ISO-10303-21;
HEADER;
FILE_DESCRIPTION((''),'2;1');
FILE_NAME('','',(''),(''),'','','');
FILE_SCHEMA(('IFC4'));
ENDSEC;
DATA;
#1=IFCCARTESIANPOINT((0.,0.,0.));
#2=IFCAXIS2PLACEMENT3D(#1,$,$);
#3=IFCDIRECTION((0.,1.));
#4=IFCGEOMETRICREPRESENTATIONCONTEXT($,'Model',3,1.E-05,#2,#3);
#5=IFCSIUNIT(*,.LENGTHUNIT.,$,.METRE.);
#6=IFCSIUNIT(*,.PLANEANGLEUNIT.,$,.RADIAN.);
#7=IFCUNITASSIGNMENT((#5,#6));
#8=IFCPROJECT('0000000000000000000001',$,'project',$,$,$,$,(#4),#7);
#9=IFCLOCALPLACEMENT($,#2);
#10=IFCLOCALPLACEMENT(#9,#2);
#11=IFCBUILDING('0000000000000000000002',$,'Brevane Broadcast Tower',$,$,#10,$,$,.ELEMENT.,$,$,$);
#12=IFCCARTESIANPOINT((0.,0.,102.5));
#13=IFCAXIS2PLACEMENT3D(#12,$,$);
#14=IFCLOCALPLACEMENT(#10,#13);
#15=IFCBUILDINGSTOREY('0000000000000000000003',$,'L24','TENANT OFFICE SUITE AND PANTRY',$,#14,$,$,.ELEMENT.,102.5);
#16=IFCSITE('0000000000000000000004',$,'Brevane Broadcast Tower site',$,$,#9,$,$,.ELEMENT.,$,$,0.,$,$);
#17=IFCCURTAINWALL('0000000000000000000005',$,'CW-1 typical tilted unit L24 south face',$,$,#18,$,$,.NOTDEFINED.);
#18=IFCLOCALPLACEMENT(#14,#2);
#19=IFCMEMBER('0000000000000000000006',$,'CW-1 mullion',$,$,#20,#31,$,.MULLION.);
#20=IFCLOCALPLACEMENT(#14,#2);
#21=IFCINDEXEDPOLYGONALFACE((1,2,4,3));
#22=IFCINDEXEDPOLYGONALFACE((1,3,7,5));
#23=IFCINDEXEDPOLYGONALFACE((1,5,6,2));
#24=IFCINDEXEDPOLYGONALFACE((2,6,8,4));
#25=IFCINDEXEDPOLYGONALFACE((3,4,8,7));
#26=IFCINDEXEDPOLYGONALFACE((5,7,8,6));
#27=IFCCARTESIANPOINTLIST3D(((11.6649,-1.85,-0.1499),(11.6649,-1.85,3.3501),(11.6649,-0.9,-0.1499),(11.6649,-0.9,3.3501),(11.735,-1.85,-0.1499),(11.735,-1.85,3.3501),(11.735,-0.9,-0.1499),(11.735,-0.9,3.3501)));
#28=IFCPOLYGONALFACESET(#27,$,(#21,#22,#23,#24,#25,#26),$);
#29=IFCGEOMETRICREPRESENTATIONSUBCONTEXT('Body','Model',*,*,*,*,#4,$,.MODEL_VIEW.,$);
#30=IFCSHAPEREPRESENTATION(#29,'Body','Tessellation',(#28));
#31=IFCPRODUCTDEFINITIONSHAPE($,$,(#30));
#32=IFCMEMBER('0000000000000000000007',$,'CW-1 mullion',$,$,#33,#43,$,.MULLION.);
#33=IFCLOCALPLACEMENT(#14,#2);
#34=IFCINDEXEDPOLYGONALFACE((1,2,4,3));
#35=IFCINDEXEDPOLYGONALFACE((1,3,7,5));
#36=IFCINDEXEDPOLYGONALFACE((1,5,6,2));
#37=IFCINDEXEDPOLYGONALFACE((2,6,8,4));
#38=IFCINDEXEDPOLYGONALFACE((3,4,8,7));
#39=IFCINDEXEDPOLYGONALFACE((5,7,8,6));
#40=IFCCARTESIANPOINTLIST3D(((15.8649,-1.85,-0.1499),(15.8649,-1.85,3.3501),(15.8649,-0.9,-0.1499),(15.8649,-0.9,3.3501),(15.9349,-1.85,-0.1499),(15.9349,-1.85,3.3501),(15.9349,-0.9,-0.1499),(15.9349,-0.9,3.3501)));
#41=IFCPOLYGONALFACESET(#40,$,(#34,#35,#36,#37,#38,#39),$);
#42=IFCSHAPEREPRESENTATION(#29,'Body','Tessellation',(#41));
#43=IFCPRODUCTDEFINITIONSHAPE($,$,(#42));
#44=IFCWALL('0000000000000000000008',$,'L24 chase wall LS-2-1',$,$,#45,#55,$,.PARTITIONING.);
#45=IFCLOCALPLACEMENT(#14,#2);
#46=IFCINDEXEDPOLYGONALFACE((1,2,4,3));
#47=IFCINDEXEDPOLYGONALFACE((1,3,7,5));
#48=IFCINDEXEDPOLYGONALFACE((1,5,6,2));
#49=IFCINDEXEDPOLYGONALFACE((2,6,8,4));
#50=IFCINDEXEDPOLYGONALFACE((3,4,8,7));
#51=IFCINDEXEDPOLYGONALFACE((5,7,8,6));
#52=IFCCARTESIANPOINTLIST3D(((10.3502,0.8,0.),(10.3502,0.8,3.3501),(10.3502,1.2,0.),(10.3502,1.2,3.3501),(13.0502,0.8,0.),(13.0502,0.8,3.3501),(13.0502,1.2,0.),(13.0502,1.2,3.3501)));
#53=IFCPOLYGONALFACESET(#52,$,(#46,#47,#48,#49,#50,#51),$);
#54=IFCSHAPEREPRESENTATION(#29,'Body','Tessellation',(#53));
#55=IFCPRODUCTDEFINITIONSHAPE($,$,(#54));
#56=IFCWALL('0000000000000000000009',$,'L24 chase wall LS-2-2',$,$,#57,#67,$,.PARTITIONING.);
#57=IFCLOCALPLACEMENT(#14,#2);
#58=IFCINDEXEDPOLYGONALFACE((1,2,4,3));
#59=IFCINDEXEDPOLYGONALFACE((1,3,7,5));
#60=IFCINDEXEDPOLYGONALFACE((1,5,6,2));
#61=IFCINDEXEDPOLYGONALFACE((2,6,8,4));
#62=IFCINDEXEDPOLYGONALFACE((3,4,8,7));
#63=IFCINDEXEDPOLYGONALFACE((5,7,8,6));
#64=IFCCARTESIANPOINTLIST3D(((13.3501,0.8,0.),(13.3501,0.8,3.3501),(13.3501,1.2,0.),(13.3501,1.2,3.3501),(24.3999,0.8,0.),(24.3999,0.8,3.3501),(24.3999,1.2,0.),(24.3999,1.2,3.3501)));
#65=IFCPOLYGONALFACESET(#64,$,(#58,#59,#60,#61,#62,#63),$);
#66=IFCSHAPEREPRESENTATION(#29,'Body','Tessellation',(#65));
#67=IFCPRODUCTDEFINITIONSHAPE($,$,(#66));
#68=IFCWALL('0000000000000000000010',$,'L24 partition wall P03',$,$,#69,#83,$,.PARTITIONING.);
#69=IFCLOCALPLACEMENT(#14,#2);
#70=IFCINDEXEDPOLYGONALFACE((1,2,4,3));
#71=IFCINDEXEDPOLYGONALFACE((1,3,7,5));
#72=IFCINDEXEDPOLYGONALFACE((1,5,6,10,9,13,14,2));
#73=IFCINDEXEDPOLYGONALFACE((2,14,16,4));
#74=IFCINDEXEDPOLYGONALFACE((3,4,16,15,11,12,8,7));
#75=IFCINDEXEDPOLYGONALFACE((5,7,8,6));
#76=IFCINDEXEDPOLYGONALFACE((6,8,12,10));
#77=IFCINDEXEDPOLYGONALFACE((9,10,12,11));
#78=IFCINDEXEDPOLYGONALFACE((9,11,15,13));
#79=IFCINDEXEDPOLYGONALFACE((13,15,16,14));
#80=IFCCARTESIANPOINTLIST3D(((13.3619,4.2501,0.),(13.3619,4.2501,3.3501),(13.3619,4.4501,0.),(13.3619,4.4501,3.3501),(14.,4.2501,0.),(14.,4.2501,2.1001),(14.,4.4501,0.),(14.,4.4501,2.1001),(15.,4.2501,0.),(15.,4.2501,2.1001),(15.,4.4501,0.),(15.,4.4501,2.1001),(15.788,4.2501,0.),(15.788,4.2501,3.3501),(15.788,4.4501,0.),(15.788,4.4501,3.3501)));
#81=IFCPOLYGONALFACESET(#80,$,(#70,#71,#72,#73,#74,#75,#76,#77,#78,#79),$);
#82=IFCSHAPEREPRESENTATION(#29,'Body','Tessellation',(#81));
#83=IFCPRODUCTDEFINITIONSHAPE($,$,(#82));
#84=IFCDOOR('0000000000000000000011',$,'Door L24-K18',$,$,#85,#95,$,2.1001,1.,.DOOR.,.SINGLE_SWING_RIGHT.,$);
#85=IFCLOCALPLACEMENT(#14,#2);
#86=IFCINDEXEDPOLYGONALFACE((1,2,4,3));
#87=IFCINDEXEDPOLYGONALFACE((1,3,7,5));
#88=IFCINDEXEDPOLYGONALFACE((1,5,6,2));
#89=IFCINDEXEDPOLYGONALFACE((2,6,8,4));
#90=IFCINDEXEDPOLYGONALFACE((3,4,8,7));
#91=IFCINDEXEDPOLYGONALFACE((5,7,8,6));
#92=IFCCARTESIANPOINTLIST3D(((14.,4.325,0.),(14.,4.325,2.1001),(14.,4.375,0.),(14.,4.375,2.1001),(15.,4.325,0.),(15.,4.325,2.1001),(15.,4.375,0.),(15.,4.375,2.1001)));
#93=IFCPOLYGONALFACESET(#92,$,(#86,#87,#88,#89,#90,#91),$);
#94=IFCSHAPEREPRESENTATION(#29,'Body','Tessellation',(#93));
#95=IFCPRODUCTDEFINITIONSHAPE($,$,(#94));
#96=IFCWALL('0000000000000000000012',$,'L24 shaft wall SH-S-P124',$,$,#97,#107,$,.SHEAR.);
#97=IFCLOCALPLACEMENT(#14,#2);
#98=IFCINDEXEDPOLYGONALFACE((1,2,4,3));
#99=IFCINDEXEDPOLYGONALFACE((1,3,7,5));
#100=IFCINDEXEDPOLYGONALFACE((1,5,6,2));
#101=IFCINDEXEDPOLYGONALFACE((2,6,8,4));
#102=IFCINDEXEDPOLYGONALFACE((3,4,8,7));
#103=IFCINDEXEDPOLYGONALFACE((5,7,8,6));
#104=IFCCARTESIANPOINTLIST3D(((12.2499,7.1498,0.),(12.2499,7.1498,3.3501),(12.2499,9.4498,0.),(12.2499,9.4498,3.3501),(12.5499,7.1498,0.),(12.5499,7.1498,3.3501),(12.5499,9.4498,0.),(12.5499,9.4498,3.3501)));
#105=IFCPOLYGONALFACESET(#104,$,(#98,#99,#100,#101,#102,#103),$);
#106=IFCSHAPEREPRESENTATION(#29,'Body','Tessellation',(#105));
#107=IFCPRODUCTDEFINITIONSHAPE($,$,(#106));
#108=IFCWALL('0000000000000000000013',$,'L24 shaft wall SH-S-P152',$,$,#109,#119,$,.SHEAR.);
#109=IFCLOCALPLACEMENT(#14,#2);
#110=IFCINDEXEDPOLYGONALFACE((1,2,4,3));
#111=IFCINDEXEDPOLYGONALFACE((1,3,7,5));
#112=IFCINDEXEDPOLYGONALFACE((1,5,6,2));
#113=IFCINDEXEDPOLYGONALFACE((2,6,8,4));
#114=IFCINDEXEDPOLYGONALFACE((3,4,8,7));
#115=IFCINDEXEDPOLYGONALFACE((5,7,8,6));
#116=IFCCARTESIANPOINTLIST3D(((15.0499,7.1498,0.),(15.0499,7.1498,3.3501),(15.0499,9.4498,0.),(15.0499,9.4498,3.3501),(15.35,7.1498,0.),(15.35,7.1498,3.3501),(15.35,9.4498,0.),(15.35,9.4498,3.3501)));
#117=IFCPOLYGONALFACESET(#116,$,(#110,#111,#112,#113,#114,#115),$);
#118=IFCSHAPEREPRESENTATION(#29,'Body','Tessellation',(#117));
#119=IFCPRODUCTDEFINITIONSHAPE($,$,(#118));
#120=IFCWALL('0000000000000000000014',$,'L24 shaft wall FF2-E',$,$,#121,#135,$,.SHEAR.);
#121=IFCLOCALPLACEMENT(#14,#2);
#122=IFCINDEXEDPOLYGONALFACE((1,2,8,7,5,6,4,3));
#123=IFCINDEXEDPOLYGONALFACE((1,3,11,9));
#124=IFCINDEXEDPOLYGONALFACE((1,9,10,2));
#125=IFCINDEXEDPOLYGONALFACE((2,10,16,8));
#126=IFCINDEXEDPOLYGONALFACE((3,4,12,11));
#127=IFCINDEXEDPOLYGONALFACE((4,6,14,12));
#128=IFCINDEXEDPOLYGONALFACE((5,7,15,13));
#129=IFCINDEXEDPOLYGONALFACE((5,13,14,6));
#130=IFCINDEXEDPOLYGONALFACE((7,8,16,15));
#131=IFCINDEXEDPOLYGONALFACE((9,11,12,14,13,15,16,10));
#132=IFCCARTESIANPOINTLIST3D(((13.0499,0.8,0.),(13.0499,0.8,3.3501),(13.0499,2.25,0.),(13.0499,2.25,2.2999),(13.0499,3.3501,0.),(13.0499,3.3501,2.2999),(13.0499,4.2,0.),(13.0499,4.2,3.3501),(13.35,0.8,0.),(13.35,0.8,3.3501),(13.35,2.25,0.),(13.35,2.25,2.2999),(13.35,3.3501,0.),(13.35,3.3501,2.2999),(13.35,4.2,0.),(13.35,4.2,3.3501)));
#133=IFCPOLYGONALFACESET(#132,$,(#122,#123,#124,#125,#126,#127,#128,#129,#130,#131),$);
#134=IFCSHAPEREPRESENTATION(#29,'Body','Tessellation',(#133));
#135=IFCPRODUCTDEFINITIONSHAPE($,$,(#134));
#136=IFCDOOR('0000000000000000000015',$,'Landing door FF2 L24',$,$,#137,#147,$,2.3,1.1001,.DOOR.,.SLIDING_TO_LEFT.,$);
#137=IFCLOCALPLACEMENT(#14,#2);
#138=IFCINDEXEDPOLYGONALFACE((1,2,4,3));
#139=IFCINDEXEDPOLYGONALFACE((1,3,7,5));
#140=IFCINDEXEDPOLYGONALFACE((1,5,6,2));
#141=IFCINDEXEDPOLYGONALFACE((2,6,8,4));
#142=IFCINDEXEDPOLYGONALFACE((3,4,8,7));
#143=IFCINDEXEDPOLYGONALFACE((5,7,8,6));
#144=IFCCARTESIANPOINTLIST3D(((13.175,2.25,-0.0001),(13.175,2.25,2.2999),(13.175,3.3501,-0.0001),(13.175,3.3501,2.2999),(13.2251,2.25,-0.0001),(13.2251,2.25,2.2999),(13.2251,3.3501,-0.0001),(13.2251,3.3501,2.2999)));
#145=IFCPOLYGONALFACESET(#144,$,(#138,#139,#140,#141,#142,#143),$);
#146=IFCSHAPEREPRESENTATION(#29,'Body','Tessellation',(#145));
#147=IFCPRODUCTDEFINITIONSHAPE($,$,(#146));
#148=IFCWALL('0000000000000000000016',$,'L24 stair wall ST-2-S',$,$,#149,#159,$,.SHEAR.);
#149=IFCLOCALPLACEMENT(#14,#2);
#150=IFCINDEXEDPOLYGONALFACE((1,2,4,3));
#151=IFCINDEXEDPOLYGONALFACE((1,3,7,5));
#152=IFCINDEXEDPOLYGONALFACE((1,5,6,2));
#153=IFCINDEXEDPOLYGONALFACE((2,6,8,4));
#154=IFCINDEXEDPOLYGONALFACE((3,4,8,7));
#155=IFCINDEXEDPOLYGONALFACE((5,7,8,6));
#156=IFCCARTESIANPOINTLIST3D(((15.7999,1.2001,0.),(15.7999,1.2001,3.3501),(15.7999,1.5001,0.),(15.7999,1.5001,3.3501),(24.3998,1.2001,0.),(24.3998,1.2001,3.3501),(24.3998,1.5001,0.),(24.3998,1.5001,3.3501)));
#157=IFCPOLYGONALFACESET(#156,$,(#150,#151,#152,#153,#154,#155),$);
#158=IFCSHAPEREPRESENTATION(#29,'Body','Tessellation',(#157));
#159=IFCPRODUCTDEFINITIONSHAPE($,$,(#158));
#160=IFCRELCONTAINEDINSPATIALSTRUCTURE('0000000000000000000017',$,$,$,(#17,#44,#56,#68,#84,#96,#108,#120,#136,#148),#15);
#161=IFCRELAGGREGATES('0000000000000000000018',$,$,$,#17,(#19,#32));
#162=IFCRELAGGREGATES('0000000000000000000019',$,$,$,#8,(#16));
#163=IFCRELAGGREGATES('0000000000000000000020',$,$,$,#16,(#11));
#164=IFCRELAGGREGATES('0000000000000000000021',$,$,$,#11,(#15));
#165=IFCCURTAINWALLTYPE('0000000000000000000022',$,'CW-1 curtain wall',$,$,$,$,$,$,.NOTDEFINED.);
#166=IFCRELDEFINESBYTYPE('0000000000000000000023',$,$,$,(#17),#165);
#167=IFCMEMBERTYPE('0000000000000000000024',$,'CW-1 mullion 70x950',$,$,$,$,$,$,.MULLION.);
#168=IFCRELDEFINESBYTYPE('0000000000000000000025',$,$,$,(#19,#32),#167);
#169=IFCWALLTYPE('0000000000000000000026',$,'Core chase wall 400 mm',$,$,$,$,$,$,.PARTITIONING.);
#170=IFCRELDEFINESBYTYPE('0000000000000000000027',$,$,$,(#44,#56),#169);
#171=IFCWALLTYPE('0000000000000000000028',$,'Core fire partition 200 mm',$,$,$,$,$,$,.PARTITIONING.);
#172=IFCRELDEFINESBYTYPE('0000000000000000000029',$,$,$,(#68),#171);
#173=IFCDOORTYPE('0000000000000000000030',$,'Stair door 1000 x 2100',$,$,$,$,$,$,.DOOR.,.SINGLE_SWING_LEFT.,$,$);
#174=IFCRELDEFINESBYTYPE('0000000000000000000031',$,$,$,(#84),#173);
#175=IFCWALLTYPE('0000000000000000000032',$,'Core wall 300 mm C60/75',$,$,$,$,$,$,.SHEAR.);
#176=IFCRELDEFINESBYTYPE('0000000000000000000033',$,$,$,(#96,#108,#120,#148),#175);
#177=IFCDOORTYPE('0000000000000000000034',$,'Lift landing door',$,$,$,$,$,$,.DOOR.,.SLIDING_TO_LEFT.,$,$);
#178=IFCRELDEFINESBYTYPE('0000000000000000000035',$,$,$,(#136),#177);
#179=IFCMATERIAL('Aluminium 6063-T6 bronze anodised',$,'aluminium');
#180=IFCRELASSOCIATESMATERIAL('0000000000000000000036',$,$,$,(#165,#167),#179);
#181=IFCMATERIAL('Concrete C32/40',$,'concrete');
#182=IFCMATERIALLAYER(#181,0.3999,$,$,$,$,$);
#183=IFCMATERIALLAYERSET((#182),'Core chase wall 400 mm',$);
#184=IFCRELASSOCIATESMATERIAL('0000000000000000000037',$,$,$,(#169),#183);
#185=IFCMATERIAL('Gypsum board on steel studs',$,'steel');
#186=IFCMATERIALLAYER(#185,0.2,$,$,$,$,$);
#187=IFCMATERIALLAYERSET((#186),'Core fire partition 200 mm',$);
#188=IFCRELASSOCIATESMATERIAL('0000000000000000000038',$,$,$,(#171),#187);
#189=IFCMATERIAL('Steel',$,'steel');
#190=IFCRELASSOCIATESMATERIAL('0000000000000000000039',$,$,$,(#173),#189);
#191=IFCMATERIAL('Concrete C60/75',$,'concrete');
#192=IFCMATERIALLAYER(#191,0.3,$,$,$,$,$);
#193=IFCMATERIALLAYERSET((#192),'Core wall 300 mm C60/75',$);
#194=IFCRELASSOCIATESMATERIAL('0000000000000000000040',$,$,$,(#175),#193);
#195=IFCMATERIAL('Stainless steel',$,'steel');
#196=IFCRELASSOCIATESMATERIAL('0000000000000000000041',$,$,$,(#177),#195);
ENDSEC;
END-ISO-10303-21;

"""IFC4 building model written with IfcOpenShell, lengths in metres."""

from ifc_helpers import new_model, si_unit, direction, frame, frame_2d, origin, origin_2d, place, context, subcontext, project, spatial, rectangle, extrude, material, layer, layer_set, material_profile, profile_set, type_object, element, fill, aggregate, save


model = new_model("IFC4")

# Units and contexts
model_context = context("Model", 3, precision=1e-05, world=origin(), true_north=direction((0.0, 1.0)))
body_context = subcontext(model_context, "Body", "Model", "MODEL_VIEW")
ifc_project = project(units=[si_unit("LENGTHUNIT", "METRE"), si_unit("PLANEANGLEUNIT", "RADIAN")], contexts=[model_context])

# Site, building, storey
site_placement = place(None, origin())
site = spatial("IfcSite", under=ifc_project, at=site_placement, Name="Brevane Broadcast Tower site", CompositionType="ELEMENT", RefElevation=0.0)
building_placement = place(site_placement, origin())
building = spatial("IfcBuilding", under=site, at=building_placement, Name="Brevane Broadcast Tower", CompositionType="ELEMENT")
storey_placement = place(building_placement, frame((0.0, 0.0, 102.5)))
storey = spatial("IfcBuildingStorey", under=building, at=storey_placement, Name="L24", Description="TENANT OFFICE SUITE AND PANTRY", CompositionType="ELEMENT", Elevation=102.5)

# Curtain wall, members
ifc_material_1 = material(Name="Aluminium 6063-T6 bronze anodised", Category="aluminium")
curtain_wall_type = type_object("IfcCurtainWallType", Name="CW-1 curtain wall", PredefinedType="NOTDEFINED", material=ifc_material_1)
curtain_wall_placement = place(storey_placement, origin())
curtain_wall = element("IfcCurtainWall", 1, at=curtain_wall_placement, inside=storey, type_object=curtain_wall_type, Name="CW-1 typical tilted unit L24 south face", PredefinedType="NOTDEFINED")
ifc_material_profile = material_profile(ifc_material_1, rectangle(XDim=0.95, YDim=0.0701, at=origin_2d()), Name="RECT 70x950")
ifc_profile_set = profile_set([ifc_material_profile], Name="Aluminium 6063-T6 bronze anodised")
member_type = type_object("IfcMemberType", Name="CW-1 mullion 70x950", PredefinedType="MULLION", material=ifc_profile_set)
member_1_placement = place(storey_placement, frame((11.7, -1.375, -0.1499), z_axis=(0.0, 0.0, 1.0), x_axis=(0.0, 1.0, 0.0)))
member_1 = element("IfcMember", 2, at=member_1_placement, type_object=member_type, Name="CW-1 mullion", PredefinedType="MULLION", context=body_context, shape_type="SweptSolid", body=[
    extrude(rectangle(XDim=0.95, YDim=0.0701, at=origin_2d()), origin(), (0.0, 0.0, 1.0), 3.5),
])
member_2_placement = place(storey_placement, frame((15.8999, -1.375, -0.1499), z_axis=(0.0, 0.0, 1.0), x_axis=(0.0, 1.0, 0.0)))
member_2 = element("IfcMember", 3, at=member_2_placement, type_object=member_type, Name="CW-1 mullion", PredefinedType="MULLION", context=body_context, shape_type="SweptSolid", body=[
    extrude(rectangle(XDim=0.95, YDim=0.0701, at=origin_2d()), origin(), (0.0, 0.0, 1.0), 3.5),
])
aggregate(curtain_wall, [member_1, member_2])

# Walls
ifc_material_2 = material(Name="Concrete C32/40", Category="concrete")
ifc_layer_1 = layer(ifc_material_2, 0.3999)
ifc_layer_set_1 = layer_set([ifc_layer_1], Name="Core chase wall 400 mm")
wall_type_1 = type_object("IfcWallType", Name="Core chase wall 400 mm", PredefinedType="PARTITIONING", material=ifc_layer_set_1)
wall_1_placement = place(storey_placement, frame((10.3501, 1.0, 0.0), z_axis=(0.0, 0.0, 1.0), x_axis=(1.0, 0.0, 0.0)))
element("IfcWall", 4, at=wall_1_placement, inside=storey, type_object=wall_type_1, Name="L24 chase wall LS-2-1", PredefinedType="PARTITIONING", context=body_context, shape_type="SweptSolid", body=[
    extrude(rectangle(XDim=2.7, YDim=0.3999, at=frame_2d((1.3501, 0.0))), origin(), (0.0, 0.0, 1.0), 3.3501),
])
wall_2_placement = place(storey_placement, frame((13.3501, 1.0, 0.0), z_axis=(0.0, 0.0, 1.0), x_axis=(1.0, 0.0, 0.0)))
element("IfcWall", 5, at=wall_2_placement, inside=storey, type_object=wall_type_1, Name="L24 chase wall LS-2-2", PredefinedType="PARTITIONING", context=body_context, shape_type="SweptSolid", body=[
    extrude(rectangle(XDim=11.0498, YDim=0.3999, at=frame_2d((5.5249, 0.0))), origin(), (0.0, 0.0, 1.0), 3.3501),
])

# Wall, opening, door
ifc_material_3 = material(Name="Gypsum board on steel studs", Category="steel")
ifc_layer_2 = layer(ifc_material_3, 0.2)
ifc_layer_set_2 = layer_set([ifc_layer_2], Name="Core fire partition 200 mm")
wall_type_2 = type_object("IfcWallType", Name="Core fire partition 200 mm", PredefinedType="PARTITIONING", material=ifc_layer_set_2)
wall_3_placement = place(storey_placement, frame((13.3621, 4.3501, 0.0), z_axis=(0.0, 0.0, 1.0), x_axis=(1.0, 0.0, 0.0)))
wall_3 = element("IfcWall", 6, at=wall_3_placement, inside=storey, type_object=wall_type_2, Name="L24 partition wall P03", PredefinedType="PARTITIONING", context=body_context, shape_type="SweptSolid", body=[
    extrude(rectangle(XDim=2.426, YDim=0.2, at=frame_2d((1.2129, 0.0))), origin(), (0.0, 0.0, 1.0), 3.3501),
])
opening_1_placement = place(wall_3_placement, frame((0.6379, 0.0, 0.0)))
opening_1 = element("IfcOpeningElement", 7, at=opening_1_placement, cuts=wall_3, PredefinedType="OPENING", context=body_context, shape_type="SweptSolid", body=[
    extrude(rectangle(XDim=1.0, YDim=2.1001, at=frame_2d((0.5, 1.05))), frame((0.0, 0.1099, 0.0), z_axis=(0.0, -1.0, 0.0), x_axis=(1.0, 0.0, 0.0)), (0.0, 0.0, 1.0), 0.22),
])
ifc_material_4 = material(Name="Steel", Category="steel")
door_type_1 = type_object("IfcDoorType", Name="Stair door 1000 x 2100", OperationType="SINGLE_SWING_LEFT", PredefinedType="DOOR", material=ifc_material_4)
door_1_placement = place(opening_1_placement, origin())
door_1 = element("IfcDoor", 8, at=door_1_placement, inside=storey, type_object=door_type_1, Name="Door L24-K18", OperationType="SINGLE_SWING_RIGHT", OverallHeight=2.1001, OverallWidth=1.0, PredefinedType="DOOR", context=body_context, shape_type="SweptSolid", body=[
    extrude(rectangle(XDim=1.0, YDim=2.1001, at=frame_2d((0.5, 1.05))), frame((0.0, 0.0249, 0.0), z_axis=(0.0, -1.0, 0.0), x_axis=(1.0, 0.0, 0.0)), (0.0, 0.0, 1.0), 0.05),
])
fill(opening_1, door_1)

# Walls
ifc_material_5 = material(Name="Concrete C60/75", Category="concrete")
ifc_layer_3 = layer(ifc_material_5, 0.3)
ifc_layer_set_3 = layer_set([ifc_layer_3], Name="Core wall 300 mm C60/75")
wall_type_3 = type_object("IfcWallType", Name="Core wall 300 mm C60/75", PredefinedType="SHEAR", material=ifc_layer_set_3)
for number, where, z_axis, x_axis, name in (
    (9, (12.3999, 7.1499, 0.0), (0.0, 0.0, 1.0), (0.0, 1.0, 0.0), "L24 shaft wall SH-S-P124"),
    (10, (15.2, 7.1499, 0.0), (0.0, 0.0, 1.0), (0.0, 1.0, 0.0), "L24 shaft wall SH-S-P152"),
):
    element("IfcWall", number, at=place(storey_placement, frame(where, z_axis=z_axis, x_axis=x_axis)), inside=storey, type_object=wall_type_3, Name=name, PredefinedType="SHEAR", context=body_context, shape_type="SweptSolid", body=[
        extrude(rectangle(XDim=2.3, YDim=0.3, at=frame_2d((1.1499, 0.0))), origin(), (0.0, 0.0, 1.0), 3.3501),
    ])

# Wall, opening, door
wall_4_placement = place(storey_placement, frame((13.2, 0.8, 0.0), z_axis=(0.0, 0.0, 1.0), x_axis=(0.0, 1.0, 0.0)))
wall_4 = element("IfcWall", 11, at=wall_4_placement, inside=storey, type_object=wall_type_3, Name="L24 shaft wall FF2-E", PredefinedType="SHEAR", context=body_context, shape_type="SweptSolid", body=[
    extrude(rectangle(XDim=3.3999, YDim=0.3, at=frame_2d((1.7, 0.0))), origin(), (0.0, 0.0, 1.0), 3.3501),
])
opening_2_placement = place(wall_4_placement, frame((1.45, 0.0, 0.0)))
opening_2 = element("IfcOpeningElement", 12, at=opening_2_placement, cuts=wall_4, PredefinedType="OPENING", context=body_context, shape_type="SweptSolid", body=[
    extrude(rectangle(XDim=1.1001, YDim=2.3, at=frame_2d((0.55, 1.1499))), frame((0.0, 0.1599, 0.0), z_axis=(0.0, -1.0, 0.0), x_axis=(1.0, 0.0, 0.0)), (0.0, 0.0, 1.0), 0.3201),
])
ifc_material_6 = material(Name="Stainless steel", Category="steel")
door_type_2 = type_object("IfcDoorType", Name="Lift landing door", OperationType="SLIDING_TO_LEFT", PredefinedType="DOOR", material=ifc_material_6)
door_2_placement = place(opening_2_placement, origin())
door_2 = element("IfcDoor", 13, at=door_2_placement, inside=storey, type_object=door_type_2, Name="Landing door FF2 L24", OperationType="SLIDING_TO_LEFT", OverallHeight=2.3, OverallWidth=1.1001, PredefinedType="DOOR", context=body_context, shape_type="SweptSolid", body=[
    extrude(rectangle(XDim=1.1001, YDim=2.3, at=frame_2d((0.55, 1.1499))), frame((0.0, 0.0249, 0.0), z_axis=(0.0, -1.0, 0.0), x_axis=(1.0, 0.0, 0.0)), (0.0, 0.0, 1.0), 0.05),
])
fill(opening_2, door_2)

# Wall
wall_5_placement = place(storey_placement, frame((15.8, 1.3501, 0.0), z_axis=(0.0, 0.0, 1.0), x_axis=(1.0, 0.0, 0.0)))
element("IfcWall", 14, at=wall_5_placement, inside=storey, type_object=wall_type_3, Name="L24 stair wall ST-2-S", PredefinedType="SHEAR", context=body_context, shape_type="SweptSolid", body=[
    extrude(rectangle(XDim=8.5999, YDim=0.3, at=frame_2d((4.2998, 0.0))), origin(), (0.0, 0.0, 1.0), 3.3501),
])

save(model, "model.ifc")
